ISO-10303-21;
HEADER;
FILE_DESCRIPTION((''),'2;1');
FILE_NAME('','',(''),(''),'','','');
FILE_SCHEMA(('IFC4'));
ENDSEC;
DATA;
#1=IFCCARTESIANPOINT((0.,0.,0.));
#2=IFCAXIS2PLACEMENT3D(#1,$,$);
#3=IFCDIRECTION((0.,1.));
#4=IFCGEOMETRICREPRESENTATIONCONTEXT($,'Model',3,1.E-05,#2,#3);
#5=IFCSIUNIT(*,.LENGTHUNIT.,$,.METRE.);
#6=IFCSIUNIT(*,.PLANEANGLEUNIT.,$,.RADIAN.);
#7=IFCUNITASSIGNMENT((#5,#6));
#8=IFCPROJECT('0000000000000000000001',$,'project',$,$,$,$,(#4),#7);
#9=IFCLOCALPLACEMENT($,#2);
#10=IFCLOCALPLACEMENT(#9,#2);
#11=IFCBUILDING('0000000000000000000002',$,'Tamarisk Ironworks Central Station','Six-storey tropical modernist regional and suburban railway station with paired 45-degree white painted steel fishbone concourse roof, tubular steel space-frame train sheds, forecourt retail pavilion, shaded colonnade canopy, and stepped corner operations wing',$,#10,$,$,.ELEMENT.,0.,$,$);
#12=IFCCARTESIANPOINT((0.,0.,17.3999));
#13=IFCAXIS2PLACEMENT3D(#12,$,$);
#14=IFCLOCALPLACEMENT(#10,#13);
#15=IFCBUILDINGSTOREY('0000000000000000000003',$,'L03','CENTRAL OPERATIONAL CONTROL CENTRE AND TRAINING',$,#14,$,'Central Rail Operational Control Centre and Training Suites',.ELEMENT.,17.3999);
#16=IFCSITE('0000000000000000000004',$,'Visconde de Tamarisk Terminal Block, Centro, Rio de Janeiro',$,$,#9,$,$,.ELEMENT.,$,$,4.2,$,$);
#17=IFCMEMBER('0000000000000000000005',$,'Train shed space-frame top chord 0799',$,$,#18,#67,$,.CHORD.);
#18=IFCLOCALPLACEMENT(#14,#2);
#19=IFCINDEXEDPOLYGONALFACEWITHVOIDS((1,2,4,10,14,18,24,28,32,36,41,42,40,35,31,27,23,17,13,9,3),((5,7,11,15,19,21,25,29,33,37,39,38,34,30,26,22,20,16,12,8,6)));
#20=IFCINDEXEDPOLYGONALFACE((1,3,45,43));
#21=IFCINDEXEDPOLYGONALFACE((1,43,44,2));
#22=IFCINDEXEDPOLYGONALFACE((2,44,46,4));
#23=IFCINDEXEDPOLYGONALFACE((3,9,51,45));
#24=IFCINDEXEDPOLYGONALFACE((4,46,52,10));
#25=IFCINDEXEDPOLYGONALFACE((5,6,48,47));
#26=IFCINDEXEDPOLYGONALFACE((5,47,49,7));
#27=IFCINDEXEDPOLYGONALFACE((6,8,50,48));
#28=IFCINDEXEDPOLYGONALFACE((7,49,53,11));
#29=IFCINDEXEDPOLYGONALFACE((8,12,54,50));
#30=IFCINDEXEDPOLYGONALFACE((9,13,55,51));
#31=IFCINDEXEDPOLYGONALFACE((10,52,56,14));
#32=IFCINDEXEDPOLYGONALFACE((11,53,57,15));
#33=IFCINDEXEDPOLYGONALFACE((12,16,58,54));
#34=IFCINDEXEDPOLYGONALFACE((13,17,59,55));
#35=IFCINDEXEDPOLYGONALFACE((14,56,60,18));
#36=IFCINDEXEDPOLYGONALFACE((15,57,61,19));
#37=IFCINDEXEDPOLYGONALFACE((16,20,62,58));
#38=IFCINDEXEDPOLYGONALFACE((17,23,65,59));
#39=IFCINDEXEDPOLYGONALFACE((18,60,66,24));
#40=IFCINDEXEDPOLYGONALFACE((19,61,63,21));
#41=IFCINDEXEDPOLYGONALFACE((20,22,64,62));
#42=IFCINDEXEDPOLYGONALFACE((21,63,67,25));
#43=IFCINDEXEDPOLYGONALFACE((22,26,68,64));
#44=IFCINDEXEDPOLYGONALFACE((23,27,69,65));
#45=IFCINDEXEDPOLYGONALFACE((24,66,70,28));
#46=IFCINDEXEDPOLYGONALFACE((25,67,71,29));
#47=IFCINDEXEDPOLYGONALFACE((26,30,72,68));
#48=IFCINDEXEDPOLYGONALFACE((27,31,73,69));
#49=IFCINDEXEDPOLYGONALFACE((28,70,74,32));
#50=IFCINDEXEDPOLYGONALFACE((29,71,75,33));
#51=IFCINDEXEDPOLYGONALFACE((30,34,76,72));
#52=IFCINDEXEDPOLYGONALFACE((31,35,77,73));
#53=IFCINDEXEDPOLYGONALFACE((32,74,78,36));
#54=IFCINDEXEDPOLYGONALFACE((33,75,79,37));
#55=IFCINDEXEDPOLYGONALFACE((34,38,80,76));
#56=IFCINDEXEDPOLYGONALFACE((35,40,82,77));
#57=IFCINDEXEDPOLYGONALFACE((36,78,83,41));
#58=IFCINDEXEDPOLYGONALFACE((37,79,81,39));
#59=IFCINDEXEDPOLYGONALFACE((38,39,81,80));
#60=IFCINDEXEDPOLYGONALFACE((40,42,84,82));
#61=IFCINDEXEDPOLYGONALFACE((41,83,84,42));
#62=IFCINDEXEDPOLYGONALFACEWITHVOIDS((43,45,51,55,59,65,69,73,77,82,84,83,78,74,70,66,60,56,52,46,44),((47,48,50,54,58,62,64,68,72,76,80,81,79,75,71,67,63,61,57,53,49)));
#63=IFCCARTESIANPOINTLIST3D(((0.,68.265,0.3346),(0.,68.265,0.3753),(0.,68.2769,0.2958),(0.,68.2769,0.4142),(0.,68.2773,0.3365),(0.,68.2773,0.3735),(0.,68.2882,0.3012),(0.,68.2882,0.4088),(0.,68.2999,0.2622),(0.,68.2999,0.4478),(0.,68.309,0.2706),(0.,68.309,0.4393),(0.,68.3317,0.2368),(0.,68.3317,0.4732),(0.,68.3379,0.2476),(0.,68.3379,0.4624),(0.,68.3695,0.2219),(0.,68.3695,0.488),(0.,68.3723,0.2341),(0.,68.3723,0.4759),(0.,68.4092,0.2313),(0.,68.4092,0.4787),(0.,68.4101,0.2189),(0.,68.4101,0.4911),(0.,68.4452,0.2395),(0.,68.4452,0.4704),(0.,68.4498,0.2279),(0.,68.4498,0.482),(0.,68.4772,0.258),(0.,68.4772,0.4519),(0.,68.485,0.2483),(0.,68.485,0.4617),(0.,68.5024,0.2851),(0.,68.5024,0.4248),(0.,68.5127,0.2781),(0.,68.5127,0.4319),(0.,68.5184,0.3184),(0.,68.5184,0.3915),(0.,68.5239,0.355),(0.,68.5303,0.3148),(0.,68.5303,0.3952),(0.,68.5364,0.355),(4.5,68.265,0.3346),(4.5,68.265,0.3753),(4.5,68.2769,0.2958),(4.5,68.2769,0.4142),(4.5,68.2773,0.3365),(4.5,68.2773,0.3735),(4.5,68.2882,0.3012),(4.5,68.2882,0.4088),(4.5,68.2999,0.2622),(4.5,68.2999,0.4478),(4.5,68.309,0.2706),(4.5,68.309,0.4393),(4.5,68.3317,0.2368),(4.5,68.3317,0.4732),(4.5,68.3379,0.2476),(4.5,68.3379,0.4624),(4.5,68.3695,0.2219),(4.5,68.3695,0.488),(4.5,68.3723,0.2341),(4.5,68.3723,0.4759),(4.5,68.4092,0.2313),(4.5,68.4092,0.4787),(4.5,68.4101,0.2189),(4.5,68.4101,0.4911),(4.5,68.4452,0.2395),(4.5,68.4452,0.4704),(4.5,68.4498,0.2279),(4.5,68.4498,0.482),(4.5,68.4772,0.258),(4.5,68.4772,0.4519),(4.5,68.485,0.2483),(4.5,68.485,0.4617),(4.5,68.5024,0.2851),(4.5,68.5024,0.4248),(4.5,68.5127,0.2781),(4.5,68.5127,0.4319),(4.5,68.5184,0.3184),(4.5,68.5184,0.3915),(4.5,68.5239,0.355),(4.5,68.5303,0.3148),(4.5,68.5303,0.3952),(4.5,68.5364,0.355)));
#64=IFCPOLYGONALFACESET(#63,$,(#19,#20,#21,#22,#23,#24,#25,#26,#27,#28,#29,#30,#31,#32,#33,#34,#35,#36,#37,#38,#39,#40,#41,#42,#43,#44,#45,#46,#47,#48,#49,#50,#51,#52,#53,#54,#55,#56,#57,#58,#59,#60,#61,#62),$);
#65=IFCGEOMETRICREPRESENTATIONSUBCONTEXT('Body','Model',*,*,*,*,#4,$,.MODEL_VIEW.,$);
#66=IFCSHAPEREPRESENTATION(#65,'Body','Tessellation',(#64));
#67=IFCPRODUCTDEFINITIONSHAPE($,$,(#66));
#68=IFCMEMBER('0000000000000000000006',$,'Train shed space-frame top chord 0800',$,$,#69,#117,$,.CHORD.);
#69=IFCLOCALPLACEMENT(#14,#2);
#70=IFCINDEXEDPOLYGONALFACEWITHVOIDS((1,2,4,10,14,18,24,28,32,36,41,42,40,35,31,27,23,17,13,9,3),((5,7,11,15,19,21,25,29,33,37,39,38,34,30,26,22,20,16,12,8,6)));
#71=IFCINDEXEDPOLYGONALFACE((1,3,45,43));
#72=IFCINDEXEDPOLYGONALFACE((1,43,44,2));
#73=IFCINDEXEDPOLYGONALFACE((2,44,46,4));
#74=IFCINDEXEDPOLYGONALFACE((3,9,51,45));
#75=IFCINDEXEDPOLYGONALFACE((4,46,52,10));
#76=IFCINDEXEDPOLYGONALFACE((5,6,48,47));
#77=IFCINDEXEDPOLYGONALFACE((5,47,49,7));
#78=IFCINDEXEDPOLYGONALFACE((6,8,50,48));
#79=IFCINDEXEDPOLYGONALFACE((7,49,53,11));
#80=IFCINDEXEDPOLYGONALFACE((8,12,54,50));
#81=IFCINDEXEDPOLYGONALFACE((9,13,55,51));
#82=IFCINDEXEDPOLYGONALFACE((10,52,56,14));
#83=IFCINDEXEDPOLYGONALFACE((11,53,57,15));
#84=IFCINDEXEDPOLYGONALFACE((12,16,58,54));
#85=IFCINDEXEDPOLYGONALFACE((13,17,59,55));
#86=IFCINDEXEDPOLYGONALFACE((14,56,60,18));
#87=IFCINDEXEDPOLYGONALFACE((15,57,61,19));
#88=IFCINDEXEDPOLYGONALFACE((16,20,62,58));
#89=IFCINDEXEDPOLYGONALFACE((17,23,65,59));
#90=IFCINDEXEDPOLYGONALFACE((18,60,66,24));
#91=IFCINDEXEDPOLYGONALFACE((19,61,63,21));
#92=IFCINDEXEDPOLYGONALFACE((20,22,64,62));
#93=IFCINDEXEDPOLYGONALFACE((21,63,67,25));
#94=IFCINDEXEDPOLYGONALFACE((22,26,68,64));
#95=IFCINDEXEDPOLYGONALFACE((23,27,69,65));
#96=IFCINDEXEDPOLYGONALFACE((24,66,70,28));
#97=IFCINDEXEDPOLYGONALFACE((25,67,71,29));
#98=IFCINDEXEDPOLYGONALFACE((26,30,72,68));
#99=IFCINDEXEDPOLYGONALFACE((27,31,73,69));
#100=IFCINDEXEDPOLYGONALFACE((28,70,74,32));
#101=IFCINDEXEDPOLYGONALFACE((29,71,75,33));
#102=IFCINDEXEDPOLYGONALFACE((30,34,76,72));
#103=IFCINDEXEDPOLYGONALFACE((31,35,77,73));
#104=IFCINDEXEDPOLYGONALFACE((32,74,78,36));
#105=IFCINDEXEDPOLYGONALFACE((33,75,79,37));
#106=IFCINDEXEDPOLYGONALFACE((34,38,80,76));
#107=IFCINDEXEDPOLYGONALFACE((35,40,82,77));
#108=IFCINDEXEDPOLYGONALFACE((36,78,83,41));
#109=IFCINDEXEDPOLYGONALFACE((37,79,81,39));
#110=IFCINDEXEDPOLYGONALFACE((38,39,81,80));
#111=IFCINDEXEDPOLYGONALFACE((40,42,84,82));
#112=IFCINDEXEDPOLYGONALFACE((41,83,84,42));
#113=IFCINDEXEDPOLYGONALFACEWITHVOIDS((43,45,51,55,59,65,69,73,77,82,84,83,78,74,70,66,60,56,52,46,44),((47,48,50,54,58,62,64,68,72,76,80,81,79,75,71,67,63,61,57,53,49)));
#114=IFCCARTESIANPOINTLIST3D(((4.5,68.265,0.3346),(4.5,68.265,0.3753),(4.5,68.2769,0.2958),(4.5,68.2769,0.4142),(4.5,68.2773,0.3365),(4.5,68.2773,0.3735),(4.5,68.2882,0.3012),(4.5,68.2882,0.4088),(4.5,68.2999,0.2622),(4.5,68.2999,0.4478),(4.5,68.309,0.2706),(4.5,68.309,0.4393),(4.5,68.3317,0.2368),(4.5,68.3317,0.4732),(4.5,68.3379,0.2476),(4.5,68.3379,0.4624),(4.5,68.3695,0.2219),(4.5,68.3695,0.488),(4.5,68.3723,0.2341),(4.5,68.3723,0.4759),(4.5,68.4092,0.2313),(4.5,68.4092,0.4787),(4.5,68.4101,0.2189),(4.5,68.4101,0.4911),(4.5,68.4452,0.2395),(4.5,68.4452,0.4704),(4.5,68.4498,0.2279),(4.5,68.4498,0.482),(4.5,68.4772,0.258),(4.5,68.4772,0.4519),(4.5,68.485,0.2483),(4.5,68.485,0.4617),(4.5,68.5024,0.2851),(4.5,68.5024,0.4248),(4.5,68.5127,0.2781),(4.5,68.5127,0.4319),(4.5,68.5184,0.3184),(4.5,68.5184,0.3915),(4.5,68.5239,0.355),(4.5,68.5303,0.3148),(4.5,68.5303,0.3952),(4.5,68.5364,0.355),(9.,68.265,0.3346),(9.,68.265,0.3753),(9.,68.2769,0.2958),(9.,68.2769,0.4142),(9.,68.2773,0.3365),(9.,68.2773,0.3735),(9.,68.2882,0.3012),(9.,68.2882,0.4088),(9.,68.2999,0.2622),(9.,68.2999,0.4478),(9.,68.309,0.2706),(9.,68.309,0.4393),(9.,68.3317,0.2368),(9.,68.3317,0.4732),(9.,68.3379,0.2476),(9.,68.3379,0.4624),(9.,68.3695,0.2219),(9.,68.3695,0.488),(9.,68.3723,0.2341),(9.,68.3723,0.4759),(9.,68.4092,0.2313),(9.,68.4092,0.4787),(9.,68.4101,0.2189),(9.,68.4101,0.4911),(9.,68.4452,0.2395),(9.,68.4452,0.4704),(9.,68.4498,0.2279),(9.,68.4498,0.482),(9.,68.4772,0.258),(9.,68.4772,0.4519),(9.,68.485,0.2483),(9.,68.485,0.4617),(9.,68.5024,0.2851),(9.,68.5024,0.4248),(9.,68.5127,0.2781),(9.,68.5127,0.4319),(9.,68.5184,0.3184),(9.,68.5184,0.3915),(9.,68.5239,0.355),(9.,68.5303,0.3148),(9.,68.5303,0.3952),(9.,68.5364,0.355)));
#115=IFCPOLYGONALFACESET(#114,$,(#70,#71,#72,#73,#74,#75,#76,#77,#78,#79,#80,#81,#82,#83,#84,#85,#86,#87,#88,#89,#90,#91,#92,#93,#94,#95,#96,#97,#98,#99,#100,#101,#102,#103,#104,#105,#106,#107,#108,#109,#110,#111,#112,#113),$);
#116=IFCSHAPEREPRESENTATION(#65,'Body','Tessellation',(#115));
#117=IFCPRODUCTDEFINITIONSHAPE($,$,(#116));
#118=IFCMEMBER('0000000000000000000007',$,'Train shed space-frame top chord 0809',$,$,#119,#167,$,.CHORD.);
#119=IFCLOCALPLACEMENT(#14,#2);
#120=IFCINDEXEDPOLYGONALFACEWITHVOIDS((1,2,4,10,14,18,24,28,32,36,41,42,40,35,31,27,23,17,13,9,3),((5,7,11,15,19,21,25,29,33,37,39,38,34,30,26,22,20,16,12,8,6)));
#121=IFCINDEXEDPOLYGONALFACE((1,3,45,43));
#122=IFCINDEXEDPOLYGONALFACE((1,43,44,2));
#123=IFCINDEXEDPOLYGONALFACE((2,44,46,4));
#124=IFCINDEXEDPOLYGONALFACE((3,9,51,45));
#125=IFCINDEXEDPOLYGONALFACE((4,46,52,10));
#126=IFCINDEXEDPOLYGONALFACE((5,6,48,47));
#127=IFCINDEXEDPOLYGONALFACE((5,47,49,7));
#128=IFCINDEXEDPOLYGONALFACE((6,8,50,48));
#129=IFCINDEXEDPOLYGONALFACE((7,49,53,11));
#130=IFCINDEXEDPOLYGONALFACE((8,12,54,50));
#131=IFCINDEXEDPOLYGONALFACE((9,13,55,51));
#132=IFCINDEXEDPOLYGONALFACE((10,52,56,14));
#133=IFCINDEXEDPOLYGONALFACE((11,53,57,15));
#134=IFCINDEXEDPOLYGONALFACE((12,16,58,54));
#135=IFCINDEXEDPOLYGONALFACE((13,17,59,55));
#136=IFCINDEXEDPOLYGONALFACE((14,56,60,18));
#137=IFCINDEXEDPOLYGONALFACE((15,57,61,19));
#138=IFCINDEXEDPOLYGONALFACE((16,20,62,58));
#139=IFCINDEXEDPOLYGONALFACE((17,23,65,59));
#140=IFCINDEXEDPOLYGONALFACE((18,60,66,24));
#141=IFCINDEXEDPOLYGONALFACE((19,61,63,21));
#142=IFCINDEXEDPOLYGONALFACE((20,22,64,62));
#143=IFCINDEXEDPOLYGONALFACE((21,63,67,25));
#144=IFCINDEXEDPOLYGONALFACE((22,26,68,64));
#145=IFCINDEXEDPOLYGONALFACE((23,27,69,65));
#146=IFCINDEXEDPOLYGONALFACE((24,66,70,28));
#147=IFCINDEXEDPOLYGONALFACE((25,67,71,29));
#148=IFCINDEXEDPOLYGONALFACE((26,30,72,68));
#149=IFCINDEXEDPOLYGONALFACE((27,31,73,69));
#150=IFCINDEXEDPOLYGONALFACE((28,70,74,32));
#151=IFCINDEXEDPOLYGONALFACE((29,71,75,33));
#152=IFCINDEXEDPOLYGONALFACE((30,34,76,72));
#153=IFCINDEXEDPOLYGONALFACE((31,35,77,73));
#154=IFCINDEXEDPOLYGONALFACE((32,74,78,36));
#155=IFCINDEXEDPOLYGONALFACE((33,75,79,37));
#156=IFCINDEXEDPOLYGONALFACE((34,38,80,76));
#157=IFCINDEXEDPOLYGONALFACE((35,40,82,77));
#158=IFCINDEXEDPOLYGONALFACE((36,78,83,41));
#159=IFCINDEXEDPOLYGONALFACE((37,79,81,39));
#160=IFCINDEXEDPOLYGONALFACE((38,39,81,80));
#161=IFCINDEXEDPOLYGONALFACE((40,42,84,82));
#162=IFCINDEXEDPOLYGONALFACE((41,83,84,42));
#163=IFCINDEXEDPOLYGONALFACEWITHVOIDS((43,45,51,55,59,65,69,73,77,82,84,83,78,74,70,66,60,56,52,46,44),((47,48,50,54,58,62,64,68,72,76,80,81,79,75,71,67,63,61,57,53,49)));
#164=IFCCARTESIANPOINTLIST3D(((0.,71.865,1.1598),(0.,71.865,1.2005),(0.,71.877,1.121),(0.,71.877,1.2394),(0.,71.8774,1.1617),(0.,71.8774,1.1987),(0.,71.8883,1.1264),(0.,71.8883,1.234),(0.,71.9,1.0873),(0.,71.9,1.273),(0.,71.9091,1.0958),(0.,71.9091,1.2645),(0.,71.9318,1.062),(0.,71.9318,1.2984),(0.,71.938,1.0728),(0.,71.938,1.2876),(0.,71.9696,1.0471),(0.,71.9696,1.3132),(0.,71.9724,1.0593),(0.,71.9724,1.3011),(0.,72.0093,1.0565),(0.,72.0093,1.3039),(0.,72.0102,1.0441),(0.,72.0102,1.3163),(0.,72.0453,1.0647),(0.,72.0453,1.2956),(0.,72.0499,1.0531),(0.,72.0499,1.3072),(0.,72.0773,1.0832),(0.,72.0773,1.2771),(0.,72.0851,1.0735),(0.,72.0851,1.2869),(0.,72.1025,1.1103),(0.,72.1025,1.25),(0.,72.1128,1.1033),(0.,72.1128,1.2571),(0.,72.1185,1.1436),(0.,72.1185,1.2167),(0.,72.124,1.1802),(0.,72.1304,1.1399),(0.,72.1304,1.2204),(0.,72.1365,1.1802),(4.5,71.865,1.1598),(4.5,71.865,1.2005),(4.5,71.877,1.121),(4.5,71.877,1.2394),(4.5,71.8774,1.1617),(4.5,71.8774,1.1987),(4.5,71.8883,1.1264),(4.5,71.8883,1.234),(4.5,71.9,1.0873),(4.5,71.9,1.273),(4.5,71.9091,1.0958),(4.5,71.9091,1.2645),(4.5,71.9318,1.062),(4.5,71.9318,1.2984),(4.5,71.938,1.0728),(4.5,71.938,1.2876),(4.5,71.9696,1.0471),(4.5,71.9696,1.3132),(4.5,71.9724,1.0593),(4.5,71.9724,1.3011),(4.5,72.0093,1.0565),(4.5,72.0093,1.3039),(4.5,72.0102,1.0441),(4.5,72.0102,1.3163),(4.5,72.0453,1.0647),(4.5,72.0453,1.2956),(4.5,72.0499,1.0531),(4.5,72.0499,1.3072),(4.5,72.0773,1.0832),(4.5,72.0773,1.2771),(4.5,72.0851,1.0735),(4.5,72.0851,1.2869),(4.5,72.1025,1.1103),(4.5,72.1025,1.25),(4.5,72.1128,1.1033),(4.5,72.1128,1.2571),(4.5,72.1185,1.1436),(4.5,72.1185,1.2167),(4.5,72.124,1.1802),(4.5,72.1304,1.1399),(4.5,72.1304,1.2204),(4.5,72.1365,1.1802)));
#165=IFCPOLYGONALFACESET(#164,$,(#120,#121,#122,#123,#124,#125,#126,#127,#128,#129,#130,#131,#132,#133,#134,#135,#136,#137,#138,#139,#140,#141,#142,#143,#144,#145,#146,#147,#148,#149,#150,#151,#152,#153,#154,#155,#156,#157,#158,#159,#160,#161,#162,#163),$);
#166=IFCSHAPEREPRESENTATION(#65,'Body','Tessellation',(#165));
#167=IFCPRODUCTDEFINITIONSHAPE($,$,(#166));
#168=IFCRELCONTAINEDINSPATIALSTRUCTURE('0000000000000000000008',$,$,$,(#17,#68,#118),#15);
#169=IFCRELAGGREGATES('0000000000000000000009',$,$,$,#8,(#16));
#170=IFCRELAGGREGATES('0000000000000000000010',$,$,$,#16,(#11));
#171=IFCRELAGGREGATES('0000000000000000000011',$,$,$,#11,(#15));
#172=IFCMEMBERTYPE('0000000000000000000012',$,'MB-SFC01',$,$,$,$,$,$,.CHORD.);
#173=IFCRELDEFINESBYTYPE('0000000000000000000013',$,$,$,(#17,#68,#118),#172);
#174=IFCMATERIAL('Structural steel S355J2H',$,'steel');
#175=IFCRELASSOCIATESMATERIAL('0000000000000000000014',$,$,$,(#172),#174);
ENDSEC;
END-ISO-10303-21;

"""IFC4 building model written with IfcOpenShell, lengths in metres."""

from ifc_helpers import new_model, si_unit, direction, frame, origin, origin_2d, place, context, subcontext, project, spatial, hollow_circle, extrude, material, material_profile, profile_set, type_object, element, save


model = new_model("IFC4")

# Units and contexts
model_context = context("Model", 3, precision=1e-05, world=origin(), true_north=direction((0.0, 1.0)))
body_context = subcontext(model_context, "Body", "Model", "MODEL_VIEW")
ifc_project = project(units=[si_unit("LENGTHUNIT", "METRE"), si_unit("PLANEANGLEUNIT", "RADIAN")], contexts=[model_context])

# Site, building, storey
site_placement = place(None, origin())
site = spatial("IfcSite", under=ifc_project, at=site_placement, Name="Visconde de Tamarisk Terminal Block, Centro, Rio de Janeiro", CompositionType="ELEMENT", RefElevation=4.2)
building_placement = place(site_placement, origin())
building = spatial("IfcBuilding", under=site, at=building_placement, Name="Tamarisk Ironworks Central Station", Description="Six-storey tropical modernist regional and suburban railway station with paired 45-degree white painted steel fishbone concourse roof, tubular steel space-frame train sheds, forecourt retail pavilion, shaded colonnade canopy, and stepped corner operations wing", CompositionType="ELEMENT", ElevationOfRefHeight=0.0)
storey_placement = place(building_placement, frame((0.0, 0.0, 17.3999)))
storey = spatial("IfcBuildingStorey", under=building, at=storey_placement, Name="L03", Description="CENTRAL OPERATIONAL CONTROL CENTRE AND TRAINING", LongName="Central Rail Operational Control Centre and Training Suites", CompositionType="ELEMENT", Elevation=17.3999)

# Members
ifc_material_1 = material(Name="Structural steel S355J2H", Category="steel")
ifc_material_profile_1 = material_profile(ifc_material_1, hollow_circle(Radius=0.1365, WallThickness=0.0125, at=origin_2d()), Name="CHS 273x12.5")
ifc_profile_set_1 = profile_set([ifc_material_profile_1], Name="Structural steel S355J2H")
member_type_1 = type_object("IfcMemberType", Name="MB-SFC01", PredefinedType="CHORD", material=ifc_profile_set_1)
for number, where, z_axis, x_axis, name in (
    (1, (0.0, 68.3999, 0.355), (1.0, 0.0, 0.0), (0.0, 1.0, 0.0), "Train shed space-frame top chord 0799"),
    (2, (4.5, 68.3999, 0.355), (1.0, 0.0, 0.0), (0.0, 1.0, 0.0), "Train shed space-frame top chord 0800"),
    (3, (0.0, 72.0, 1.1802), (1.0, 0.0, 0.0), (0.0, 1.0, 0.0), "Train shed space-frame top chord 0809"),
):
    element("IfcMember", number, at=place(storey_placement, frame(where, z_axis=z_axis, x_axis=x_axis)), inside=storey, type_object=member_type_1, Name=name, PredefinedType="CHORD", context=body_context, shape_type="SweptSolid", body=[
        extrude(hollow_circle(Radius=0.1365, WallThickness=0.0125, at=origin_2d()), origin(), (0.0, 0.0, 1.0), 4.5),
    ])

save(model, "model.ifc")
